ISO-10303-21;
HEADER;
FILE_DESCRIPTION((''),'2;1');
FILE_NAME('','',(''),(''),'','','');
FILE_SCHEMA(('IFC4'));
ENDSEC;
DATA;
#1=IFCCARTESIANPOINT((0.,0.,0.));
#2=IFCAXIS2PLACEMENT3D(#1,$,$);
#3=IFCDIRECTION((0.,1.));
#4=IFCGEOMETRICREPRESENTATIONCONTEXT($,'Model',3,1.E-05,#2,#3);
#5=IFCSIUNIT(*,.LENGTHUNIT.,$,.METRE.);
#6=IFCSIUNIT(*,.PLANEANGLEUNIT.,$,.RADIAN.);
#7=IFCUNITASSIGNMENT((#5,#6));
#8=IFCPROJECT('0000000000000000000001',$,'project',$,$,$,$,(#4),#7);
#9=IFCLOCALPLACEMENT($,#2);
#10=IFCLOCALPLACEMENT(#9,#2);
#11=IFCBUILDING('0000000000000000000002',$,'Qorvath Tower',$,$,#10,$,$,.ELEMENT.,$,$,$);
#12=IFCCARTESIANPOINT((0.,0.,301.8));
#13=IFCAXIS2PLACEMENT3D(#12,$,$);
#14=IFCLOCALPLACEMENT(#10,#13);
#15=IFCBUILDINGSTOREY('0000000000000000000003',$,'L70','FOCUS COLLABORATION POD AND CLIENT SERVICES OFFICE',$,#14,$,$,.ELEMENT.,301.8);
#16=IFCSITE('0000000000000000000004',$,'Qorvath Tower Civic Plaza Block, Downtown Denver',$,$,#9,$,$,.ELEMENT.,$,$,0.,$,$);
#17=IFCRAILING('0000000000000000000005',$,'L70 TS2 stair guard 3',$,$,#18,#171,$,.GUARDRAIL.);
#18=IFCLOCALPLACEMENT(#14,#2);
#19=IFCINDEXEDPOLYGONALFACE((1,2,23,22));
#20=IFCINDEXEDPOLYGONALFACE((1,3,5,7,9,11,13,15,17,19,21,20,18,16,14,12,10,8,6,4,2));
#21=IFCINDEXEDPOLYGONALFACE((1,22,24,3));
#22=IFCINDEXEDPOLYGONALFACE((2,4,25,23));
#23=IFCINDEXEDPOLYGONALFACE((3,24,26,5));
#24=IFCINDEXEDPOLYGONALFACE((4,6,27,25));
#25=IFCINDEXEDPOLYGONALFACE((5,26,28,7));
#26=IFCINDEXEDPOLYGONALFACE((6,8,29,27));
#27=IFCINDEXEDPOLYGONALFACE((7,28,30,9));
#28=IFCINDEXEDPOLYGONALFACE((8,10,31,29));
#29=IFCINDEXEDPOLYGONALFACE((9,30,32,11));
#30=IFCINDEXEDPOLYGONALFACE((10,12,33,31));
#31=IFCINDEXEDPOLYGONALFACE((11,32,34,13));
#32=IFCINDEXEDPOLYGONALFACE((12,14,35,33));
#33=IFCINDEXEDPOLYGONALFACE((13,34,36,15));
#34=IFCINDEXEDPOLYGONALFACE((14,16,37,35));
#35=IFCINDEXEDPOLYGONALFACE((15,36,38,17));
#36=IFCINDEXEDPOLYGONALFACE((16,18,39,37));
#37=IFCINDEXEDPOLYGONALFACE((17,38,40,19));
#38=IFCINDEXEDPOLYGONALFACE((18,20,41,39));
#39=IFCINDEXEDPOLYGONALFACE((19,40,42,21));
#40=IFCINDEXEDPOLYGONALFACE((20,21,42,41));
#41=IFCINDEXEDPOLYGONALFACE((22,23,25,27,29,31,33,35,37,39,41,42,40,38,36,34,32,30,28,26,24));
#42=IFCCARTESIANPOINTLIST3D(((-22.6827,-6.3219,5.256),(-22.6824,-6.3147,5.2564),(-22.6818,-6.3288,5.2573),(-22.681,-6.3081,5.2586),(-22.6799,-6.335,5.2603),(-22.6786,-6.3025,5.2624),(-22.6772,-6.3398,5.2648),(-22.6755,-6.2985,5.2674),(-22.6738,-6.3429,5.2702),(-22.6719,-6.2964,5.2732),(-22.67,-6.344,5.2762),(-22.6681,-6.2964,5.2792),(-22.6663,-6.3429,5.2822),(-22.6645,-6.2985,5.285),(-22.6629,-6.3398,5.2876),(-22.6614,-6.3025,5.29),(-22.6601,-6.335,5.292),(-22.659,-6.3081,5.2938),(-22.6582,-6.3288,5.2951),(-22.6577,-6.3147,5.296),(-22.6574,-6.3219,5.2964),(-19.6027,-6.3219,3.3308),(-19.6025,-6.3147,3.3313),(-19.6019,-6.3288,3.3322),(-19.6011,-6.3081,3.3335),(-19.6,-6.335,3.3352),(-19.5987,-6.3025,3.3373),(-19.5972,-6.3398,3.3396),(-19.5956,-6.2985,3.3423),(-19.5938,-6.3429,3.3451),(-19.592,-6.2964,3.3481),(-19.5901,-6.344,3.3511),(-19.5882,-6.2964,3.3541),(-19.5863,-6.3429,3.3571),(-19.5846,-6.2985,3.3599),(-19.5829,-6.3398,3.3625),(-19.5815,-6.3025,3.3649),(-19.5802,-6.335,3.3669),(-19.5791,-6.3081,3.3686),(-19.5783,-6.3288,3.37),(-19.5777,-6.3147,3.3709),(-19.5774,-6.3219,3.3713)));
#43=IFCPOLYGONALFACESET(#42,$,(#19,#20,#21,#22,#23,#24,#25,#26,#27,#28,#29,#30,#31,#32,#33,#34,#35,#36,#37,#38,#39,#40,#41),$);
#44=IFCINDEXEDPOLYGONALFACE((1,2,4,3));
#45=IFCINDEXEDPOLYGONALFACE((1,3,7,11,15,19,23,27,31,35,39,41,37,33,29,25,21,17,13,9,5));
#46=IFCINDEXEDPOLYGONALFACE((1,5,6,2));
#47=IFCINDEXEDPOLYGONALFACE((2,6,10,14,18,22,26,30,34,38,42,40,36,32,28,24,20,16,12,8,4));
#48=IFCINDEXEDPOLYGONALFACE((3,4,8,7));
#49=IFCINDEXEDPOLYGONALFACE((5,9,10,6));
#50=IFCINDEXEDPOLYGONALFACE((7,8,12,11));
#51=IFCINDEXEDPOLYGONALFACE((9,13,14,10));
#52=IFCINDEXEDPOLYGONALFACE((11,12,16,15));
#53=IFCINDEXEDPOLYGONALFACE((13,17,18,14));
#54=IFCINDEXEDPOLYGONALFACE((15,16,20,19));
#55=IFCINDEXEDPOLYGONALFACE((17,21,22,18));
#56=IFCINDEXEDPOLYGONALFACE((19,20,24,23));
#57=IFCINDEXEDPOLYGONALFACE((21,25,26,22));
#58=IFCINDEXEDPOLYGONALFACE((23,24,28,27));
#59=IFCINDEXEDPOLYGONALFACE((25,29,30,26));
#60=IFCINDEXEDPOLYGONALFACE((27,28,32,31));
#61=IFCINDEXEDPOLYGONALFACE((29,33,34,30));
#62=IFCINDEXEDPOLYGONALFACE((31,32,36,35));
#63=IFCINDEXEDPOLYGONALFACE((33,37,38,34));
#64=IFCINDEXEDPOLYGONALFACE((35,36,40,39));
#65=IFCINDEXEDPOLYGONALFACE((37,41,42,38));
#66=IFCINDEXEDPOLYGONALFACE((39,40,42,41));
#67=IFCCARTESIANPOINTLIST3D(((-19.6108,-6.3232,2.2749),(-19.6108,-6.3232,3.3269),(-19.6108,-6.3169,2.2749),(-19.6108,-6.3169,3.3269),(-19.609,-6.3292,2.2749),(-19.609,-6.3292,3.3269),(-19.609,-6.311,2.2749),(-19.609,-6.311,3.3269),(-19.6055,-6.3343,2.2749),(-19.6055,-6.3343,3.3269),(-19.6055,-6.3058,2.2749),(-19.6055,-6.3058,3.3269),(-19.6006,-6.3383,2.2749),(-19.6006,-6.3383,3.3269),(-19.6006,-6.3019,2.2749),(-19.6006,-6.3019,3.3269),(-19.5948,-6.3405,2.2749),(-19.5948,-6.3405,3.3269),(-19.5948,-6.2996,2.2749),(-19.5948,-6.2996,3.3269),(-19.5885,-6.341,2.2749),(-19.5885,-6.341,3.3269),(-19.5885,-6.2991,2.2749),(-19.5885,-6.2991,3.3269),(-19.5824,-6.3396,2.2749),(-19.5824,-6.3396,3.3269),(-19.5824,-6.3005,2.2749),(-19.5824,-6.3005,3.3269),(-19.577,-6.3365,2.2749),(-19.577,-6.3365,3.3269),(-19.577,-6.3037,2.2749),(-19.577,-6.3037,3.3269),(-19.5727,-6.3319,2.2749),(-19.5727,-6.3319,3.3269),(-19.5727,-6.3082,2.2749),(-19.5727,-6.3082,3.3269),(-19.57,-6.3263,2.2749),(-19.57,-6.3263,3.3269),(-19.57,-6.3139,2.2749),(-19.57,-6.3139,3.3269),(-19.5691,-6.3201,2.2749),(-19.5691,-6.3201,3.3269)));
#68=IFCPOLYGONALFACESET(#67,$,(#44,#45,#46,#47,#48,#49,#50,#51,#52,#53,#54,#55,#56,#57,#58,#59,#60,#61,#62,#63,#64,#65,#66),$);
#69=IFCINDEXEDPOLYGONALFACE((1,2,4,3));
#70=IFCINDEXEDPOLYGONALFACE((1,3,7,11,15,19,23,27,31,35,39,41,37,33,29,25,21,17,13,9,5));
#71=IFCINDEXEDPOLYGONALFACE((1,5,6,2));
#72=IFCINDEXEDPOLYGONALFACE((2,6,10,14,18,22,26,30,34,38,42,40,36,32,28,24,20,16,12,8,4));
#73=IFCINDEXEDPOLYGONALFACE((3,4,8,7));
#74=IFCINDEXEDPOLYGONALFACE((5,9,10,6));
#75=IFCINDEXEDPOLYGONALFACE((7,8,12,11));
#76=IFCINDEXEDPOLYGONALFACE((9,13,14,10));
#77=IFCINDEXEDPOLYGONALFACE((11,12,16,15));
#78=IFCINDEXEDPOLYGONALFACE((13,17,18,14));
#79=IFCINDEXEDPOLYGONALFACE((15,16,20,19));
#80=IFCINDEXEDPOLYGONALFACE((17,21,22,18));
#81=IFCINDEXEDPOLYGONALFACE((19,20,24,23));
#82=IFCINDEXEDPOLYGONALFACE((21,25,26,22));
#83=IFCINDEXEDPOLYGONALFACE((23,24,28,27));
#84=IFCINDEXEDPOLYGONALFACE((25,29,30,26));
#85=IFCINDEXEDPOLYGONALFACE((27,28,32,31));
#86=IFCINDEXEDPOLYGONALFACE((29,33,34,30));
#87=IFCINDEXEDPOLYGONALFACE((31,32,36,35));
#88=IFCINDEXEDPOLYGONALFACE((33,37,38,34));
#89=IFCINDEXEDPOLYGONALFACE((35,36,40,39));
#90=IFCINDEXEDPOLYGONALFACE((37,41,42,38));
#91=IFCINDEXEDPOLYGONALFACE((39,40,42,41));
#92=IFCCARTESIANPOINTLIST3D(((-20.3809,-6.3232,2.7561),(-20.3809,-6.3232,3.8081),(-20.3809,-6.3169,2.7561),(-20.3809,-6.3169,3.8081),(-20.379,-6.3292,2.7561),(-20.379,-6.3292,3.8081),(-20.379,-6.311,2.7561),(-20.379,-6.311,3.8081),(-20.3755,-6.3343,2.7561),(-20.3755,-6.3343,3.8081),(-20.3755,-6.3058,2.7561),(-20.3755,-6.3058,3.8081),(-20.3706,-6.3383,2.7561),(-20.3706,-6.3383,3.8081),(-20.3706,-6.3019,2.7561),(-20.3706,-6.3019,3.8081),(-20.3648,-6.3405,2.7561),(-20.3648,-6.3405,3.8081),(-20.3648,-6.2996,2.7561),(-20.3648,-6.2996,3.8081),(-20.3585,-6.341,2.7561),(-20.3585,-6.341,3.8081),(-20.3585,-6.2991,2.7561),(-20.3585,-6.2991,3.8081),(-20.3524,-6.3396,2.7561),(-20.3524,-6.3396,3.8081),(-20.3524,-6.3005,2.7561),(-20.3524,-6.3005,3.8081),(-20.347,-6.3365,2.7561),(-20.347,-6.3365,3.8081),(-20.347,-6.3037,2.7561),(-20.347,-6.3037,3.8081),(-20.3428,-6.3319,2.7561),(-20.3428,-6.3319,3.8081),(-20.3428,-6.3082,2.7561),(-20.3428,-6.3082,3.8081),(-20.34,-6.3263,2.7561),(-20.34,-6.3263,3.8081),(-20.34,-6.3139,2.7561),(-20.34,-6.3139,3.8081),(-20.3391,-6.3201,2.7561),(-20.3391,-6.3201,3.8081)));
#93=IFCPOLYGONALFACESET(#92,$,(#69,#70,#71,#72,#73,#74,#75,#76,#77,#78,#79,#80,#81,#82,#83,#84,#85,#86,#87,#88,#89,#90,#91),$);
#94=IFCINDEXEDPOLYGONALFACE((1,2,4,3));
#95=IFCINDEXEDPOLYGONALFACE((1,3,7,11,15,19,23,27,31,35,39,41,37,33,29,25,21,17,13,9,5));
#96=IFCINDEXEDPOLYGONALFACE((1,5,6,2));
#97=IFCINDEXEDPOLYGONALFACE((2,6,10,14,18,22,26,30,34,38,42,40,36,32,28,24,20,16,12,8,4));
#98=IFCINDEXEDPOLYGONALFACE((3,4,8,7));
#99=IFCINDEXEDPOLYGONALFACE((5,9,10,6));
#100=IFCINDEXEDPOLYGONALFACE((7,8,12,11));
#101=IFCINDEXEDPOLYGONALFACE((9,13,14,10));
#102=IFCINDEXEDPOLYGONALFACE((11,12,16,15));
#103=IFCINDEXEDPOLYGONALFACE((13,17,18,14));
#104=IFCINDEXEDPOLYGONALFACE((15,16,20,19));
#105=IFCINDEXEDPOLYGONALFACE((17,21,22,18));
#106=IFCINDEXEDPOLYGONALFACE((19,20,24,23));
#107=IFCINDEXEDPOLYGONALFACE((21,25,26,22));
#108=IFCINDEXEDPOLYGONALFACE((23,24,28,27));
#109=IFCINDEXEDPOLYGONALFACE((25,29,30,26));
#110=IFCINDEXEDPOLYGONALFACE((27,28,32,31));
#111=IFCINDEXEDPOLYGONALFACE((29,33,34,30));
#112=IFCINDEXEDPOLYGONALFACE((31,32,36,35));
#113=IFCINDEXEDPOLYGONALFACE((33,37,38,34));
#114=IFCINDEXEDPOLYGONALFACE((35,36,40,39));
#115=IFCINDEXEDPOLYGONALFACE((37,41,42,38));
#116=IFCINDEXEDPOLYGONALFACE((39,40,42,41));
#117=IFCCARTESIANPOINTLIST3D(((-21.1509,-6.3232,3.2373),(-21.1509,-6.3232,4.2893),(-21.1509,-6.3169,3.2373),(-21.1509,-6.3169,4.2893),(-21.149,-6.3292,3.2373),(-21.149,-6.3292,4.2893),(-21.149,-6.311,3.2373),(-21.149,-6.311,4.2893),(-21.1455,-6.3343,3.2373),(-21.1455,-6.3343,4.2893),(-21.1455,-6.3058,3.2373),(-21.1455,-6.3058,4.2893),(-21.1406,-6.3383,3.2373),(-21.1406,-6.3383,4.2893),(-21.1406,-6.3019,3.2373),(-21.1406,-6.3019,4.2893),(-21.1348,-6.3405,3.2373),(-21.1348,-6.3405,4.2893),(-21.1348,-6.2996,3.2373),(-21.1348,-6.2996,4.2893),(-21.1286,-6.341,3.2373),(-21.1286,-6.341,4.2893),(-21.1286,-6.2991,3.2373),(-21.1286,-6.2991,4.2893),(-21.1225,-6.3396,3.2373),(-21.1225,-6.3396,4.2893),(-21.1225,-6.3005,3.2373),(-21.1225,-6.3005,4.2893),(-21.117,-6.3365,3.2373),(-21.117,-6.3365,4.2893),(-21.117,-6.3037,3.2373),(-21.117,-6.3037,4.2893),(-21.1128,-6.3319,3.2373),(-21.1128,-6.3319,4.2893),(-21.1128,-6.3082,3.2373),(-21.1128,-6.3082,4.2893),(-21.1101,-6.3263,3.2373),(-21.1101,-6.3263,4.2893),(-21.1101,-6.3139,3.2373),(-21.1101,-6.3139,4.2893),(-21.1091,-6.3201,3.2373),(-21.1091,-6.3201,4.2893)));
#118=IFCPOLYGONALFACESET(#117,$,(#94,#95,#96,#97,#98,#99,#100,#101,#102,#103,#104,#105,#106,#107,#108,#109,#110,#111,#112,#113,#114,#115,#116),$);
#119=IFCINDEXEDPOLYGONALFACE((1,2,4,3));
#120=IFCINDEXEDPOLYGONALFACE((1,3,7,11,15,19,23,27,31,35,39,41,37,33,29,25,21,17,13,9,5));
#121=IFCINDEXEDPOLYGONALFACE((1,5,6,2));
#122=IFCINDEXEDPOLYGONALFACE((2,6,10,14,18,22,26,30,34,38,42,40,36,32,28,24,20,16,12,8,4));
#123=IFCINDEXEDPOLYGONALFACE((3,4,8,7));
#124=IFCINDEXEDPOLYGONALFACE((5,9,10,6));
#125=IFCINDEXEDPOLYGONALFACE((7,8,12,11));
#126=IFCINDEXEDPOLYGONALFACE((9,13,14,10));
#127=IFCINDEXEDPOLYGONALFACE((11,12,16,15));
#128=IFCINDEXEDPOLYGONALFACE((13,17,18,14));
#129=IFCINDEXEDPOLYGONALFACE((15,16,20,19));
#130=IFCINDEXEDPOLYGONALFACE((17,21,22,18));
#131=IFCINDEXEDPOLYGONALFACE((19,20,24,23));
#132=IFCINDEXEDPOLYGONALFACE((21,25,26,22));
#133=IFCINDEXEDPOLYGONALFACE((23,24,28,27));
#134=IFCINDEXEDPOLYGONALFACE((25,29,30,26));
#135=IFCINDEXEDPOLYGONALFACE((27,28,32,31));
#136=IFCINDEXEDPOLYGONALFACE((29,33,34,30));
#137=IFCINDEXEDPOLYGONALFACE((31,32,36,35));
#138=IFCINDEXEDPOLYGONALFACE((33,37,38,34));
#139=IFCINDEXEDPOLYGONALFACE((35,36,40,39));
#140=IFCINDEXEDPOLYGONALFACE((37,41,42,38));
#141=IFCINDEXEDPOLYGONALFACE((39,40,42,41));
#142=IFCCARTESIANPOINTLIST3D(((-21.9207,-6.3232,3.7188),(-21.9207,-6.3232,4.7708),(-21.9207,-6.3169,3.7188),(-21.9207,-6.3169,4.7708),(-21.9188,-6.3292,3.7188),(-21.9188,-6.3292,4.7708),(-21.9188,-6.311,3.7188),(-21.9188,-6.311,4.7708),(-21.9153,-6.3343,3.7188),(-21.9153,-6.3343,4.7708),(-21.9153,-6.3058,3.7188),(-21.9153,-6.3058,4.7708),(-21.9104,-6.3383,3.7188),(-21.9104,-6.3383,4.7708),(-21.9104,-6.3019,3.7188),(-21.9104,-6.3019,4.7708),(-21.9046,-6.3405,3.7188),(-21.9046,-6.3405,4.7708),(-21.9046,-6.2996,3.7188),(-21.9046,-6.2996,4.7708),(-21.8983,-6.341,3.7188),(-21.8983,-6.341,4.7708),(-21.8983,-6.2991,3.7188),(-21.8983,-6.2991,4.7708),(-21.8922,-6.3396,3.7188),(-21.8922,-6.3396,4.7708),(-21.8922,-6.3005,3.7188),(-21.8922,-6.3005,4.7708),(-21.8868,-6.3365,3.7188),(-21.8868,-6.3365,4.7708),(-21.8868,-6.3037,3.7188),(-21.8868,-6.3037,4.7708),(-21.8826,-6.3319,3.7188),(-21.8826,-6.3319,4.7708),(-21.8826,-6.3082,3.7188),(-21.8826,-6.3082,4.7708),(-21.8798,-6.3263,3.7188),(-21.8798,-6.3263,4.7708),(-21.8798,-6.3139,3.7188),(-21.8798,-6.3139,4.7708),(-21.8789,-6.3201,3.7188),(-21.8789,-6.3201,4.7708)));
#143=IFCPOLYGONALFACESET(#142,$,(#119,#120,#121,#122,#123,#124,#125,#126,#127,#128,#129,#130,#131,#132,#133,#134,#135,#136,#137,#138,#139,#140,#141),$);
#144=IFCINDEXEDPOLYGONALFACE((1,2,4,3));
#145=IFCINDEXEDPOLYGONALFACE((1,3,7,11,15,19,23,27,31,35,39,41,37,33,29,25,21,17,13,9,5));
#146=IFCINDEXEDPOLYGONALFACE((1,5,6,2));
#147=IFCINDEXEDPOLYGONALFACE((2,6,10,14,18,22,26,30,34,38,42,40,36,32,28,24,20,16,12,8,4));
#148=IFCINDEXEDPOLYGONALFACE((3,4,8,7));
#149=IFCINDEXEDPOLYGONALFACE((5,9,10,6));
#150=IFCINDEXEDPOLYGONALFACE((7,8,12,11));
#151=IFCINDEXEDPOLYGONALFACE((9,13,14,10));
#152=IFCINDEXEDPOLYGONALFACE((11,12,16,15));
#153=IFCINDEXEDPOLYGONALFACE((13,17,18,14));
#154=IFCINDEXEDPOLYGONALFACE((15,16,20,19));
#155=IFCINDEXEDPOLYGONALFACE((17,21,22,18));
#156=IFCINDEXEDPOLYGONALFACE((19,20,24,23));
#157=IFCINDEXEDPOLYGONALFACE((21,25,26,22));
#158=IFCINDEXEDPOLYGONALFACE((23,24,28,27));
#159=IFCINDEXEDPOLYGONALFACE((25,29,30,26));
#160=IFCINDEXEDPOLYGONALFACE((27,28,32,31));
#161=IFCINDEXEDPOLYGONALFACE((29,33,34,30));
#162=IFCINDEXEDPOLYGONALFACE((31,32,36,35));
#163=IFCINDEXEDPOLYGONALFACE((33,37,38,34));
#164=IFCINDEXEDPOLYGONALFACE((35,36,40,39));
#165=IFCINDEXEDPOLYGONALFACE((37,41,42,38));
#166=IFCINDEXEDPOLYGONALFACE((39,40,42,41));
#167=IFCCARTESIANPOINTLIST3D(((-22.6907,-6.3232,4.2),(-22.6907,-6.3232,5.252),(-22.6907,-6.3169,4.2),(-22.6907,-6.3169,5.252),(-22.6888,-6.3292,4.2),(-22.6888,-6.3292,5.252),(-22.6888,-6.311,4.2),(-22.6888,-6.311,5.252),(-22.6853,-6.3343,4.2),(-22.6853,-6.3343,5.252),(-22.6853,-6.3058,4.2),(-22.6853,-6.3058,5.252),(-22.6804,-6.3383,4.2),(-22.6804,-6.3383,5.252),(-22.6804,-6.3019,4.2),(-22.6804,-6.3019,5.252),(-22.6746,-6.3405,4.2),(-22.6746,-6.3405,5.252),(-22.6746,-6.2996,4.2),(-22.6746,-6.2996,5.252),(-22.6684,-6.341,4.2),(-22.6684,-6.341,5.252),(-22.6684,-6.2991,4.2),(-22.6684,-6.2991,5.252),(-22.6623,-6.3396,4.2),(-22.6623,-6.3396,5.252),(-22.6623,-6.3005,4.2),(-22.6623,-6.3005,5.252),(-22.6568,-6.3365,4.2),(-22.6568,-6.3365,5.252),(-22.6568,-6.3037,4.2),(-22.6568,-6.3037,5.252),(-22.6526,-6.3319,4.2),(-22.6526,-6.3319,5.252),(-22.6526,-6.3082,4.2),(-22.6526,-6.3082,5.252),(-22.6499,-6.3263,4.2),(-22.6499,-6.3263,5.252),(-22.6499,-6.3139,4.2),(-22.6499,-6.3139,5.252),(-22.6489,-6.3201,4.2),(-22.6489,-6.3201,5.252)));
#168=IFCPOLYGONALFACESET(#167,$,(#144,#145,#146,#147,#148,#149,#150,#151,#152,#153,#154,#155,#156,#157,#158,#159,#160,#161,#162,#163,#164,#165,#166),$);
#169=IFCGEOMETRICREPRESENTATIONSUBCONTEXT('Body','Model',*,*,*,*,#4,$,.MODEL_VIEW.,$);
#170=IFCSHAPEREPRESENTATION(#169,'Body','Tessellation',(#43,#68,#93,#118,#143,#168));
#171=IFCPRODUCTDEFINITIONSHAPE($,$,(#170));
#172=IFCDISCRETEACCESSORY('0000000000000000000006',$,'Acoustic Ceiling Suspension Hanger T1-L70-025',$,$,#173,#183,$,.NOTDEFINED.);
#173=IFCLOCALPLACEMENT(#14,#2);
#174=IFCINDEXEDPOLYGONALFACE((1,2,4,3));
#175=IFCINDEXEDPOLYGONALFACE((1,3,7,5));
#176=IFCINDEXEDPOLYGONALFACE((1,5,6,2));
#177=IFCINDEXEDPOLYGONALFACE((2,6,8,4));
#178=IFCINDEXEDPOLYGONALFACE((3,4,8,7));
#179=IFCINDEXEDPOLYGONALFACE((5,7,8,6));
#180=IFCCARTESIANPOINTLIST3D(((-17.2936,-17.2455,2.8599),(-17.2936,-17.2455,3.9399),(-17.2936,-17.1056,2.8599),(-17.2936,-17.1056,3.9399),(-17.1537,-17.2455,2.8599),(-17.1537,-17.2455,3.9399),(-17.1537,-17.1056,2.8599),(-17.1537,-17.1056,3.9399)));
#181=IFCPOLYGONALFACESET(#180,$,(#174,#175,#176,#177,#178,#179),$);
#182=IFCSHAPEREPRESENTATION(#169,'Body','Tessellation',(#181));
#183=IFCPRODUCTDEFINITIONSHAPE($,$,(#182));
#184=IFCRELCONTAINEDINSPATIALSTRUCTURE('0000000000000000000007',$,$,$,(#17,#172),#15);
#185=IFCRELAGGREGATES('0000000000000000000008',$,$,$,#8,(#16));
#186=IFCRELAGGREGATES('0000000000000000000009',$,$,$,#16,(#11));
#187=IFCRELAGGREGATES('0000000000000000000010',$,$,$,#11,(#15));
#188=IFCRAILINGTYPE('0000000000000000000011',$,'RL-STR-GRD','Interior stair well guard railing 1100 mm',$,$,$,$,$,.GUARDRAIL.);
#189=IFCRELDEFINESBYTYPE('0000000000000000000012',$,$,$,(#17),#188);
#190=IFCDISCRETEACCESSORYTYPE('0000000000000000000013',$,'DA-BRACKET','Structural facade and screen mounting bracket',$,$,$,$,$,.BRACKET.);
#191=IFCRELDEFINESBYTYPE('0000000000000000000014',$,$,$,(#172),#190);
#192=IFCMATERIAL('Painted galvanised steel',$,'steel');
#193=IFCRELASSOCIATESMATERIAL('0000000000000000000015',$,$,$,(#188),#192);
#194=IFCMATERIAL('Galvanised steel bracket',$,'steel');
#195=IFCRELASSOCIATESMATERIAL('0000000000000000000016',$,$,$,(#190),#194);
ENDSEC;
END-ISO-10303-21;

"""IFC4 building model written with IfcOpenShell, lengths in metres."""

from ifc_helpers import new_model, si_unit, direction, frame, origin, origin_2d, place, context, subcontext, project, spatial, rectangle, circle, extrude, material, type_object, element, save


model = new_model("IFC4")

# Units and contexts
model_context = context("Model", 3, precision=1e-05, world=origin(), true_north=direction((0.0, 1.0)))
body_context = subcontext(model_context, "Body", "Model", "MODEL_VIEW")
ifc_project = project(units=[si_unit("LENGTHUNIT", "METRE"), si_unit("PLANEANGLEUNIT", "RADIAN")], contexts=[model_context])

# Site, building, storey
site_placement = place(None, origin())
site = spatial("IfcSite", under=ifc_project, at=site_placement, Name="Qorvath Tower Civic Plaza Block, Downtown Denver", CompositionType="ELEMENT", RefElevation=0.0)
building_placement = place(site_placement, origin())
building = spatial("IfcBuilding", under=site, at=building_placement, Name="Qorvath Tower", CompositionType="ELEMENT")
storey_placement = place(building_placement, frame((0.0, 0.0, 301.8)))
storey = spatial("IfcBuildingStorey", under=building, at=storey_placement, Name="L70", Description="FOCUS COLLABORATION POD AND CLIENT SERVICES OFFICE", CompositionType="ELEMENT", Elevation=301.8)

# Railing
ifc_material_1 = material(Name="Painted galvanised steel", Category="steel")
railing_type = type_object("IfcRailingType", Name="RL-STR-GRD", Description="Interior stair well guard railing 1100 mm", PredefinedType="GUARDRAIL", material=ifc_material_1)
railing_1_placement = place(storey_placement, frame((-19.5901, -6.3201, 2.2749)))
element("IfcRailing", 1, at=railing_1_placement, inside=storey, type_object=railing_type, Name="L70 TS2 stair guard 3", PredefinedType="GUARDRAIL", context=body_context, shape_type="SweptSolid", body=[
    extrude(circle(Radius=0.0239, at=origin_2d()), frame((0.0, 0.0, 1.0762), z_axis=(-0.847979, 0.0, 0.530029), x_axis=(0.0, -1.0, 0.0)), (0.0, 0.0, 1.0), 3.6321),
    extrude(circle(Radius=0.021, at=origin_2d()), origin(), (0.0, 0.0, 1.0), 1.052),
    extrude(circle(Radius=0.021, at=origin_2d()), frame((-0.77, 0.0, 0.4812)), (0.0, 0.0, 1.0), 1.052),
    extrude(circle(Radius=0.021, at=origin_2d()), frame((-1.54, 0.0, 0.9624)), (0.0, 0.0, 1.0), 1.052),
    extrude(circle(Radius=0.021, at=origin_2d()), frame((-2.3098, 0.0, 1.4438)), (0.0, 0.0, 1.0), 1.052),
    extrude(circle(Radius=0.021, at=origin_2d()), frame((-3.0798, 0.0, 1.925)), (0.0, 0.0, 1.0), 1.052),
])

# Discrete accessory
ifc_material_2 = material(Name="Galvanised steel bracket", Category="steel")
discrete_accessory_type = type_object("IfcDiscreteAccessoryType", Name="DA-BRACKET", Description="Structural facade and screen mounting bracket", PredefinedType="BRACKET", material=ifc_material_2)
discrete_accessory_placement = place(storey_placement, frame((-17.2236, -17.1755, 2.8599), z_axis=(0.0, 0.0, 1.0), x_axis=(1.0, 0.0, 0.0)))
element("IfcDiscreteAccessory", 2, at=discrete_accessory_placement, inside=storey, type_object=discrete_accessory_type, Name="Acoustic Ceiling Suspension Hanger T1-L70-025", PredefinedType="NOTDEFINED", context=body_context, shape_type="SweptSolid", body=[
    extrude(rectangle(XDim=0.1399, YDim=0.1399, at=origin_2d()), origin(), (0.0, 0.0, 1.0), 1.0801),
])

save(model, "model.ifc")
